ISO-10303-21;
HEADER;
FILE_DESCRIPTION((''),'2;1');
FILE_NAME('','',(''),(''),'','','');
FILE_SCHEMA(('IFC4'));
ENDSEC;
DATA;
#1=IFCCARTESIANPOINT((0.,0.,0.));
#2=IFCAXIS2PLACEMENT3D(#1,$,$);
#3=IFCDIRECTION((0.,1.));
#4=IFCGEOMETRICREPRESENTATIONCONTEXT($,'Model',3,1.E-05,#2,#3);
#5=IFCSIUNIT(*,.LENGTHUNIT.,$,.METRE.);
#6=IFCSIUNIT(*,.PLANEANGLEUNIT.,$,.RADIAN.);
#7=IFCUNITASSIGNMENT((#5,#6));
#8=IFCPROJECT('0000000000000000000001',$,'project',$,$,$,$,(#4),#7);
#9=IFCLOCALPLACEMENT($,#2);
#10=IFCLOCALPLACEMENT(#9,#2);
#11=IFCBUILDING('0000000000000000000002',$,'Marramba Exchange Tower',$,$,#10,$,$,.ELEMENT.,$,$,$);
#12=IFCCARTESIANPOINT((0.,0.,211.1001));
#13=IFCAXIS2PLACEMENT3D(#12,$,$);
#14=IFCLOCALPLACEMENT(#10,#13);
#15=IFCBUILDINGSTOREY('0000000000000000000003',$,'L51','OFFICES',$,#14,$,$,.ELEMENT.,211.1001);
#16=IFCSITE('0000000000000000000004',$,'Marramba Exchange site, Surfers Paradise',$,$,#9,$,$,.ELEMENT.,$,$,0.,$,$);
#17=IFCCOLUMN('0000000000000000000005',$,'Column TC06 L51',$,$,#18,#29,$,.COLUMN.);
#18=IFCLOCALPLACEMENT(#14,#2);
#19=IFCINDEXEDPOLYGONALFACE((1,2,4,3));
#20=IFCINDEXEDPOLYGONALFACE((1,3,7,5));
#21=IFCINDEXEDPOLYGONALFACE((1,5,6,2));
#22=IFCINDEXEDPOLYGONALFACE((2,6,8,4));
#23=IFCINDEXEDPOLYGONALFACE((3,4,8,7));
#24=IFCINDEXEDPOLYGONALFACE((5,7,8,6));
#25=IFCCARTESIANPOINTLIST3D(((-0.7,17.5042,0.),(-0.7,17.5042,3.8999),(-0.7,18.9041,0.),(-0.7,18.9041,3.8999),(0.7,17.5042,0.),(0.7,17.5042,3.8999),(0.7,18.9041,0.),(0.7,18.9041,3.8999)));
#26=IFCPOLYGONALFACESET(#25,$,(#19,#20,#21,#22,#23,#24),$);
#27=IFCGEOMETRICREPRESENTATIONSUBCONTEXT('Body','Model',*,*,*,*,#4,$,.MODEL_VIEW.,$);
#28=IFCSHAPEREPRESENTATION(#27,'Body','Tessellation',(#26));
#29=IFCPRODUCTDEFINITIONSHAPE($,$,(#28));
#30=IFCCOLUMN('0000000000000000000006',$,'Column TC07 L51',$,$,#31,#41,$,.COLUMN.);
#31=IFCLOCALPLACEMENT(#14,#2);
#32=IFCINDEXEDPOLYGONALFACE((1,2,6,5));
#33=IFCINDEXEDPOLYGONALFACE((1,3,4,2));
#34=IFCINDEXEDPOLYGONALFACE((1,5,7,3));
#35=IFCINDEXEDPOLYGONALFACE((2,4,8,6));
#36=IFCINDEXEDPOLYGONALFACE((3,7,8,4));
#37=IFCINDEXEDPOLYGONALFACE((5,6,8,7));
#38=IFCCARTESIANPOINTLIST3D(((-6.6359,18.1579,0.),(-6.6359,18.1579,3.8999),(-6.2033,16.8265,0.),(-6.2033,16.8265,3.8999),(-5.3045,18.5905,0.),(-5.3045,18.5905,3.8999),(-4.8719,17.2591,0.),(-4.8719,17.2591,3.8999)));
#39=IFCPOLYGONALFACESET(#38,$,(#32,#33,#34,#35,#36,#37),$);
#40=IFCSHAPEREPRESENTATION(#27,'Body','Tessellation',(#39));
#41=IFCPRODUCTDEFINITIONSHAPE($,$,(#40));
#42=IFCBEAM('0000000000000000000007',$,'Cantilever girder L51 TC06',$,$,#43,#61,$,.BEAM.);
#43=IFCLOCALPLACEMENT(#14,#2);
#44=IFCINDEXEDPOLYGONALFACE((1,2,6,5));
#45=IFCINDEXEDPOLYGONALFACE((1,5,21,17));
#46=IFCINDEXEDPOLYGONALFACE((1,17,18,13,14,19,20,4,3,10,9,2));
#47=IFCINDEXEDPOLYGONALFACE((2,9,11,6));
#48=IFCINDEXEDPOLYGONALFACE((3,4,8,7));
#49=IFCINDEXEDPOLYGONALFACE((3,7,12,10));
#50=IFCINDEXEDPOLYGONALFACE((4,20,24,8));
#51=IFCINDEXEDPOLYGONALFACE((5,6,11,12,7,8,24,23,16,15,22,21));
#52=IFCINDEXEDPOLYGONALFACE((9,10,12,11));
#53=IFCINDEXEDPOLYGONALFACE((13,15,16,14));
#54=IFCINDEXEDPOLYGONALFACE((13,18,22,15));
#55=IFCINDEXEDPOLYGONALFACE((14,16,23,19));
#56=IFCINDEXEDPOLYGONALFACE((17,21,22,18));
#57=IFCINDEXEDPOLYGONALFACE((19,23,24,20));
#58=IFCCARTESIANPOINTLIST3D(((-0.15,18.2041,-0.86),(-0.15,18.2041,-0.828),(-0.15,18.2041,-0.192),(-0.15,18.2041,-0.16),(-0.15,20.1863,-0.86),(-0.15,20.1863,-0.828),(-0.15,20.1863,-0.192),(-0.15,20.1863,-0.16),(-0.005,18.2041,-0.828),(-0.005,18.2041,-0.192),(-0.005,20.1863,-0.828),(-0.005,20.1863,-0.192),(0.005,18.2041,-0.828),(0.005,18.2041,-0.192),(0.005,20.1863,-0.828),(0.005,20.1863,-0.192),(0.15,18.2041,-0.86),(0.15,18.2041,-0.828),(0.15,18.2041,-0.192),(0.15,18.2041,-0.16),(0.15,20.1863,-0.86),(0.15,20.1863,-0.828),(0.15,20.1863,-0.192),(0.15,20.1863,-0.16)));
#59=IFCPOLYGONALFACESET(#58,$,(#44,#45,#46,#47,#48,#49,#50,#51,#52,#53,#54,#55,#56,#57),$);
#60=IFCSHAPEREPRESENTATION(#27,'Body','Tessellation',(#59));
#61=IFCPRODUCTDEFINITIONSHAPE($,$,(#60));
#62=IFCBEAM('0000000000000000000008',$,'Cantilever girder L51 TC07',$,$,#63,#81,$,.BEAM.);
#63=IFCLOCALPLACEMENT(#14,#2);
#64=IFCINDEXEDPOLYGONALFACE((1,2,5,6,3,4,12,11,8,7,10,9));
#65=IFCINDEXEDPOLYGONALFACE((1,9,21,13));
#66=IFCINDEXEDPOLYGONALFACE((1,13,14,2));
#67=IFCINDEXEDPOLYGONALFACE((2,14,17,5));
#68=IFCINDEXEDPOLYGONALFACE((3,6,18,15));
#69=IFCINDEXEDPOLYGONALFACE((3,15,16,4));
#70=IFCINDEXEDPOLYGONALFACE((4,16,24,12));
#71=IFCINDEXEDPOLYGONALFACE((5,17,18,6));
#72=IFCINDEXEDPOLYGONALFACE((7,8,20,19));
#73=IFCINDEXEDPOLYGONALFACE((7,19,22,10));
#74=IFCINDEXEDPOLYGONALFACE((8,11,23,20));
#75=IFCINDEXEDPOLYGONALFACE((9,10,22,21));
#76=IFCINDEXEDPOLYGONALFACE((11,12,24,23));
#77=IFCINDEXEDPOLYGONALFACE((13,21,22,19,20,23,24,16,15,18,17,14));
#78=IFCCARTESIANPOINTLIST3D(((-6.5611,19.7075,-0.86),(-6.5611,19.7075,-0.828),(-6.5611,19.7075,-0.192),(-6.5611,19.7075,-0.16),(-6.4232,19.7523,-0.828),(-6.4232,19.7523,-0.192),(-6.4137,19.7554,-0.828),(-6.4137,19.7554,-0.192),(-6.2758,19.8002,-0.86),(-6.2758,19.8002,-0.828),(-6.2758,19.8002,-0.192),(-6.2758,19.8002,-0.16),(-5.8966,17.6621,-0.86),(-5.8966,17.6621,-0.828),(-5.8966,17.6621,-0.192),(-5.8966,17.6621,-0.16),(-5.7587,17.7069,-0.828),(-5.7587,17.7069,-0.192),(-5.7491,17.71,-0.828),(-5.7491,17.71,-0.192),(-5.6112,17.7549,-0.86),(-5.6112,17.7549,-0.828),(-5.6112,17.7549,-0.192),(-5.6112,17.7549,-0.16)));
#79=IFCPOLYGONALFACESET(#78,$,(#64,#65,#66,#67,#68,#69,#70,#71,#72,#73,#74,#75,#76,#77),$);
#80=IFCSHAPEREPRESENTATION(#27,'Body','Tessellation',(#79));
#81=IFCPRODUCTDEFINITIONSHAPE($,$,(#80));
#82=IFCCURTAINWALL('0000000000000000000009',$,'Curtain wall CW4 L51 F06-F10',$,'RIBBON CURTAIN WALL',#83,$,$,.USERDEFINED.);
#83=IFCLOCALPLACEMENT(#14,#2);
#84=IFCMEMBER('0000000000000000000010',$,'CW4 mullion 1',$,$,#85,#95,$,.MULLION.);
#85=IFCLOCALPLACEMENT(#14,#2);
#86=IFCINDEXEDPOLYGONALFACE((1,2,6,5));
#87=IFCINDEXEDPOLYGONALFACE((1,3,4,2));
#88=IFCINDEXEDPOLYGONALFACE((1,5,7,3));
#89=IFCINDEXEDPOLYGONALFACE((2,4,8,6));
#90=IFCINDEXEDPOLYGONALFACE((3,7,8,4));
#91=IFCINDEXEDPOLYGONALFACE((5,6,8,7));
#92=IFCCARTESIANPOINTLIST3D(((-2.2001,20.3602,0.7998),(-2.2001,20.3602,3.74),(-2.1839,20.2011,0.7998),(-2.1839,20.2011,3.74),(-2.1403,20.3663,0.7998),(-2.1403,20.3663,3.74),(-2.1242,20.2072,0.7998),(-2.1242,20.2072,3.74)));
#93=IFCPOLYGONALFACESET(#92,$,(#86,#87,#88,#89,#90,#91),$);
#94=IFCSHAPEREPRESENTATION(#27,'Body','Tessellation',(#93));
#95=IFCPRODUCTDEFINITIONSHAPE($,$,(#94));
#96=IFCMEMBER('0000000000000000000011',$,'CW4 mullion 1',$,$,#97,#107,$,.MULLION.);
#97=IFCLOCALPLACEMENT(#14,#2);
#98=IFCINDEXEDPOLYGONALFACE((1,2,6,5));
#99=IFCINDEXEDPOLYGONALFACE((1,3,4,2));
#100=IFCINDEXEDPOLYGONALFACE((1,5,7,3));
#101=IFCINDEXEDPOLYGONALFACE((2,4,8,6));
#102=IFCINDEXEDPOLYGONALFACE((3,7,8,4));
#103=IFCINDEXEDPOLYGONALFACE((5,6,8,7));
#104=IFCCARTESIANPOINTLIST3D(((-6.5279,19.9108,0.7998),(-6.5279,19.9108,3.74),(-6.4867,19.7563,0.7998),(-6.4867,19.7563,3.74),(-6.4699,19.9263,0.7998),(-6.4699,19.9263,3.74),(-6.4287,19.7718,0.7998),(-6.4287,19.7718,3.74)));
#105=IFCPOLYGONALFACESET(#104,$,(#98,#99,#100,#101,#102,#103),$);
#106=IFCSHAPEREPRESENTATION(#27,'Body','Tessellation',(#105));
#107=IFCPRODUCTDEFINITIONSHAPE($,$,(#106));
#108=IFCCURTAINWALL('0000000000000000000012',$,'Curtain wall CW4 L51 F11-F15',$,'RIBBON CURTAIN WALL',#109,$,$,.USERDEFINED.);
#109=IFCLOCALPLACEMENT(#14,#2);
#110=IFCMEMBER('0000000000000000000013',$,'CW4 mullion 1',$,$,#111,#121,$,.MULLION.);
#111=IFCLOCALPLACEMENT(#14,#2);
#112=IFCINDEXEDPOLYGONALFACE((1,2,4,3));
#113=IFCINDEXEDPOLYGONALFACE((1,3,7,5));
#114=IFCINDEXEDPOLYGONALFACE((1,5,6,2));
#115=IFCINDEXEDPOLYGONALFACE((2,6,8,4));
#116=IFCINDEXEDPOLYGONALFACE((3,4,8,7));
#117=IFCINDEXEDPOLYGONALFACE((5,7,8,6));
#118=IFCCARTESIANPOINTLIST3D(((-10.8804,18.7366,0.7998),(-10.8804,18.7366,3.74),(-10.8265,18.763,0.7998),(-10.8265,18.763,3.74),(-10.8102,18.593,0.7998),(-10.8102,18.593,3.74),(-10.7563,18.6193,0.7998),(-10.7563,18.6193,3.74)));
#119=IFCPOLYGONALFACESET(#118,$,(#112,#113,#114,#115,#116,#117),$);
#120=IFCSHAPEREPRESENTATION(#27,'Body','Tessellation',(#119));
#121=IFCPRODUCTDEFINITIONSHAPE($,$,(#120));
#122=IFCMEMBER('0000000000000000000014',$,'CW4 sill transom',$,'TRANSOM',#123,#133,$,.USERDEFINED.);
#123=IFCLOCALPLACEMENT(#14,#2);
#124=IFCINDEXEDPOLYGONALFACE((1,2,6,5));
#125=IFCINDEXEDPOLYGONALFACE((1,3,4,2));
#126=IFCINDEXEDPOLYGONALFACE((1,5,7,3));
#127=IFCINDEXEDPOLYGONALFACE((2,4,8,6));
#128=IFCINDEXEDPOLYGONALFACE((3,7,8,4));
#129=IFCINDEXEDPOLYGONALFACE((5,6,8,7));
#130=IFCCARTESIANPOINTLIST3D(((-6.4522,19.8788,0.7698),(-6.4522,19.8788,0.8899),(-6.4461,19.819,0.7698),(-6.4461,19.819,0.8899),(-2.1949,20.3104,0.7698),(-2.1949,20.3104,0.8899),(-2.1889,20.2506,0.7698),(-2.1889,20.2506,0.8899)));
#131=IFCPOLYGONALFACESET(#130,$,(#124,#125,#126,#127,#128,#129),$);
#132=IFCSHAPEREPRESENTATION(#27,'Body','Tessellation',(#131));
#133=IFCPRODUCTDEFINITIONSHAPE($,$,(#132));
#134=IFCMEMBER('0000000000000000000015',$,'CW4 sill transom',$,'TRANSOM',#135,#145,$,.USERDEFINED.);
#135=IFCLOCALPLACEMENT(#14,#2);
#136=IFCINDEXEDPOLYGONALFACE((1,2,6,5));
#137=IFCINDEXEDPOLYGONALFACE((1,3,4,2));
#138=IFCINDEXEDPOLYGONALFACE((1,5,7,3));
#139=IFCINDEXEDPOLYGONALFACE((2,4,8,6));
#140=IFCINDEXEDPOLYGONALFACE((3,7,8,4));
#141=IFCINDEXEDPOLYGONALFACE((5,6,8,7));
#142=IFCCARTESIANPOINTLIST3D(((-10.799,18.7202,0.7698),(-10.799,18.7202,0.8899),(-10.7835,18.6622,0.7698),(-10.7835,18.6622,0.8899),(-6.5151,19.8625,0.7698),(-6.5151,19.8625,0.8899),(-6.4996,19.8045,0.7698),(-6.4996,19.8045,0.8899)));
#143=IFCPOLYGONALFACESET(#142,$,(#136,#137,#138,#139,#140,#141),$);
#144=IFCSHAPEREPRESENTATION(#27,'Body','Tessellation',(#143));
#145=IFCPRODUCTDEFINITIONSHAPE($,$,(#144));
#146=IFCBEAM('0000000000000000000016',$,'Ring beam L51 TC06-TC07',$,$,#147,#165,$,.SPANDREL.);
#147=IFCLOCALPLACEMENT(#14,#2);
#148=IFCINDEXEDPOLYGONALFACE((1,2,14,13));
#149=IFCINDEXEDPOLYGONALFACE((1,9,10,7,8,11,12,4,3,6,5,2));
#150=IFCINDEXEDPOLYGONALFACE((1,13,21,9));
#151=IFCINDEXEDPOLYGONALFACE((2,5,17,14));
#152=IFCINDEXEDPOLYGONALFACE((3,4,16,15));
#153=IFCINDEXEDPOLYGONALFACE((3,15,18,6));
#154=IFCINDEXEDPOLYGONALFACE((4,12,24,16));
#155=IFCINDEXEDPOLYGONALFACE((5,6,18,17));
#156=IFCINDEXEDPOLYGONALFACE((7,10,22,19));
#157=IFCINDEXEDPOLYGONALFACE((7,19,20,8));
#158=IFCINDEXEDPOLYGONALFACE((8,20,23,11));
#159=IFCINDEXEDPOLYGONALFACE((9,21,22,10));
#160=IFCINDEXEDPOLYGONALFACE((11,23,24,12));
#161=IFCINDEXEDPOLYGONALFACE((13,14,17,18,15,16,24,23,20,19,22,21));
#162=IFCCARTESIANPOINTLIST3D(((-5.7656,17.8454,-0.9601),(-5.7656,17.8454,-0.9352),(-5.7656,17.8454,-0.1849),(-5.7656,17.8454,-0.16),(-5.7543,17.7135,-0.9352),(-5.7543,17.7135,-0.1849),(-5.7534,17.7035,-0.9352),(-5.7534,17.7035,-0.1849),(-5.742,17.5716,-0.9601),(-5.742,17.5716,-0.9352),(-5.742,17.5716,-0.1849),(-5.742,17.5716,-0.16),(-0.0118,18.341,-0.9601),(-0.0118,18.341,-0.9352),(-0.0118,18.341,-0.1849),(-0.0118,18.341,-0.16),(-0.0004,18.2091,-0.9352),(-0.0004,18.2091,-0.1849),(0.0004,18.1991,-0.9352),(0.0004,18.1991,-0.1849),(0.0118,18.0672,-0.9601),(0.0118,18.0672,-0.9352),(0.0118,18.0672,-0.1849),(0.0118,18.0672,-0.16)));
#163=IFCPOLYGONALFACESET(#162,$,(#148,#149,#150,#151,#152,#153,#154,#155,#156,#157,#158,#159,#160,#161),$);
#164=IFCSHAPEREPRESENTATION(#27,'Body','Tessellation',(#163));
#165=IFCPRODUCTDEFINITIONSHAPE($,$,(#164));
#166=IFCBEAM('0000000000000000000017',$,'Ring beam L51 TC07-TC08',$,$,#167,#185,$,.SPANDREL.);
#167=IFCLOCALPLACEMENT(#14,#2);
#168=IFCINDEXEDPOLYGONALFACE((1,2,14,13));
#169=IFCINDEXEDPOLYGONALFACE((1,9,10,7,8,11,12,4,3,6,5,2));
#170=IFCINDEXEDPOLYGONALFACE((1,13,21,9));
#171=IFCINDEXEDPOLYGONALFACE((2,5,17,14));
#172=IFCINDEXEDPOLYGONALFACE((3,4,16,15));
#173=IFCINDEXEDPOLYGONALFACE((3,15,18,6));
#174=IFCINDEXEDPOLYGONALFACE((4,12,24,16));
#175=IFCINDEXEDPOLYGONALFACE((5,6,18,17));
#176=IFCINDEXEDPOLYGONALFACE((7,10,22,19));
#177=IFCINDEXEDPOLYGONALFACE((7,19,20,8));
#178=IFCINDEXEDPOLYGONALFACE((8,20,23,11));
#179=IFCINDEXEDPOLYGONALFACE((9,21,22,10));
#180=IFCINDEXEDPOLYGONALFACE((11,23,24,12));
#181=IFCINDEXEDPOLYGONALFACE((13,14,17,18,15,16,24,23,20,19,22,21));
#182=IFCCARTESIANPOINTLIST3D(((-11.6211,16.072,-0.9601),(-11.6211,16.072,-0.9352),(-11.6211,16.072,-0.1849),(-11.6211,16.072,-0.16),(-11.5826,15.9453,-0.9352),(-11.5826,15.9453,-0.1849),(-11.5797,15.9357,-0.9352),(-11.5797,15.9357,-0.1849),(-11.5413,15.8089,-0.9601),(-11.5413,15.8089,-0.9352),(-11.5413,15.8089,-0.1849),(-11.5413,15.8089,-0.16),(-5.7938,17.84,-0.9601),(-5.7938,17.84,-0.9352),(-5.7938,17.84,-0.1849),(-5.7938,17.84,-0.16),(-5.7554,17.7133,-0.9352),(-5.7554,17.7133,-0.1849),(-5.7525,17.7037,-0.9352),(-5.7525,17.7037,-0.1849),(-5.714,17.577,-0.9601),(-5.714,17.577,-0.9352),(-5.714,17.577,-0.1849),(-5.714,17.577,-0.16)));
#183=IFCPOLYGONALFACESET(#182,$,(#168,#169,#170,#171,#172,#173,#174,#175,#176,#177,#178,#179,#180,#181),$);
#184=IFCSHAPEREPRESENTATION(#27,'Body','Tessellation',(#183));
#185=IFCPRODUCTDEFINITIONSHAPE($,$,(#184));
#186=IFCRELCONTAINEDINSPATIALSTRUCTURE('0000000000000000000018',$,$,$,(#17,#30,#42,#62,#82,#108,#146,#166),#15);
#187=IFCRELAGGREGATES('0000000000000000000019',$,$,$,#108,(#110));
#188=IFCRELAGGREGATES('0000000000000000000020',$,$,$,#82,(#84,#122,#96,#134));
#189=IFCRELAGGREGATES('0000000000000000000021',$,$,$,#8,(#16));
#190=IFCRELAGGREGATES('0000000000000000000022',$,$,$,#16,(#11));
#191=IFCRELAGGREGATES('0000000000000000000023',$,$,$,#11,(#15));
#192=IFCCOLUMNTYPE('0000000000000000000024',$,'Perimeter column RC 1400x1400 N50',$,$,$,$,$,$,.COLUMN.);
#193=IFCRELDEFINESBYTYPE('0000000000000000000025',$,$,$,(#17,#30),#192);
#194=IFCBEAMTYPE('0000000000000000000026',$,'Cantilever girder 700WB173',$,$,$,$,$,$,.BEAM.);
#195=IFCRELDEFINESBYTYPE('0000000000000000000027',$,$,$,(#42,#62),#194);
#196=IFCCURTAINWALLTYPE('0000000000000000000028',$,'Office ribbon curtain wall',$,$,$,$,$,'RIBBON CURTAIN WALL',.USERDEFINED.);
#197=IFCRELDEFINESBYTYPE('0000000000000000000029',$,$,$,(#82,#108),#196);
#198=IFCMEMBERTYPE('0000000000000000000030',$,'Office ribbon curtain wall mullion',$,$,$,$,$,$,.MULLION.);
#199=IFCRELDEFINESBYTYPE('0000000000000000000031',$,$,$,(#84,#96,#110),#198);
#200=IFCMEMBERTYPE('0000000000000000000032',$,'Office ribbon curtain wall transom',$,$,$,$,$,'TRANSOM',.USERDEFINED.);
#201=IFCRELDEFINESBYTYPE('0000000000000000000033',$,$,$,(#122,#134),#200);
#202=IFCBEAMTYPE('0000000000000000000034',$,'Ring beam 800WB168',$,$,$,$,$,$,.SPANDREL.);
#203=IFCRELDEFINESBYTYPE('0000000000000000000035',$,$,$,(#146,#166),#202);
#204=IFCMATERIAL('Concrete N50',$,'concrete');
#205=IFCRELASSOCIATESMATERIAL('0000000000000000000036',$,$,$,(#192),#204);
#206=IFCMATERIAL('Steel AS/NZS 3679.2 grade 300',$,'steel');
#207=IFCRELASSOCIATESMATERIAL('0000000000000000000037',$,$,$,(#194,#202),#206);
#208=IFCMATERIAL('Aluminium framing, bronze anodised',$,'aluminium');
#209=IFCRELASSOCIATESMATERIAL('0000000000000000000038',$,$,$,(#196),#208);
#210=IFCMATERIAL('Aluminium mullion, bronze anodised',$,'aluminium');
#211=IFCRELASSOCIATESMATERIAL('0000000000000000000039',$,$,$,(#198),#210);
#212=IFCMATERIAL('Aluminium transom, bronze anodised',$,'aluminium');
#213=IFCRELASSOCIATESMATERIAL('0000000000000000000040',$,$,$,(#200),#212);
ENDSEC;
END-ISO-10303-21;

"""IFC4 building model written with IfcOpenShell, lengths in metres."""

from ifc_helpers import new_model, si_unit, direction, frame, origin, origin_2d, place, context, subcontext, project, spatial, rectangle, i_section, extrude, material, material_profile, profile_set, type_object, element, aggregate, save


model = new_model("IFC4")

# Units and contexts
model_context = context("Model", 3, precision=1e-05, world=origin(), true_north=direction((0.0, 1.0)))
body_context = subcontext(model_context, "Body", "Model", "MODEL_VIEW")
ifc_project = project(units=[si_unit("LENGTHUNIT", "METRE"), si_unit("PLANEANGLEUNIT", "RADIAN")], contexts=[model_context])

# Site, building, storey
site_placement = place(None, origin())
site = spatial("IfcSite", under=ifc_project, at=site_placement, Name="Marramba Exchange site, Surfers Paradise", CompositionType="ELEMENT", RefElevation=0.0)
building_placement = place(site_placement, origin())
building = spatial("IfcBuilding", under=site, at=building_placement, Name="Marramba Exchange Tower", CompositionType="ELEMENT")
storey_placement = place(building_placement, frame((0.0, 0.0, 211.1001)))
storey = spatial("IfcBuildingStorey", under=building, at=storey_placement, Name="L51", Description="OFFICES", CompositionType="ELEMENT", Elevation=211.1001)

# Columns
ifc_material_1 = material(Name="Concrete N50", Category="concrete")
ifc_material_profile_1 = material_profile(ifc_material_1, rectangle(XDim=1.3999, YDim=1.3999, at=origin_2d()), Name="RC 1400x1400")
ifc_profile_set_1 = profile_set([ifc_material_profile_1], Name="Concrete N50")
column_type = type_object("IfcColumnType", Name="Perimeter column RC 1400x1400 N50", PredefinedType="COLUMN", material=ifc_profile_set_1)
for number, where, z_axis, x_axis, name in (
    (1, (0.0, 18.2041, 0.0), (0.0, 0.0, 1.0), (0.0, 1.0, 0.0), "Column TC06 L51"),
    (2, (-5.7539, 17.7085, 0.0), (0.0, 0.0, 1.0), (-0.309017, 0.951057, 0.0), "Column TC07 L51"),
):
    element("IfcColumn", number, at=place(storey_placement, frame(where, z_axis=z_axis, x_axis=x_axis)), inside=storey, type_object=column_type, Name=name, PredefinedType="COLUMN", context=body_context, shape_type="SweptSolid", body=[
        extrude(rectangle(XDim=1.3999, YDim=1.3999, at=origin_2d()), origin(), (0.0, 0.0, 1.0), 3.8999),
    ])

# Beams
ifc_material_2 = material(Name="Steel AS/NZS 3679.2 grade 300", Category="steel")
ifc_material_profile_2 = material_profile(ifc_material_2, i_section(OverallWidth=0.3, OverallDepth=0.7, WebThickness=0.01, FlangeThickness=0.032, at=origin_2d()), Name="700WB173")
ifc_profile_set_2 = profile_set([ifc_material_profile_2], Name="Steel AS/NZS 3679.2 grade 300")
beam_type_1 = type_object("IfcBeamType", Name="Cantilever girder 700WB173", PredefinedType="BEAM", material=ifc_profile_set_2)
beam_1_placement = place(storey_placement, frame((0.0, 18.2041, -0.51), z_axis=(0.0, 1.0, 0.0), x_axis=(-1.0, 0.0, 0.0)))
element("IfcBeam", 3, at=beam_1_placement, inside=storey, type_object=beam_type_1, Name="Cantilever girder L51 TC06", PredefinedType="BEAM", context=body_context, shape_type="SweptSolid", body=[
    extrude(i_section(OverallWidth=0.3, OverallDepth=0.7, WebThickness=0.01, FlangeThickness=0.032, at=origin_2d()), origin(), (0.0, 0.0, 1.0), 1.9822),
])
beam_2_placement = place(storey_placement, frame((-5.7539, 17.7085, -0.51), z_axis=(-0.308999, 0.951062, 0.0), x_axis=(-0.951062, -0.308999, 0.0)))
element("IfcBeam", 4, at=beam_2_placement, inside=storey, type_object=beam_type_1, Name="Cantilever girder L51 TC07", PredefinedType="BEAM", context=body_context, shape_type="SweptSolid", body=[
    extrude(i_section(OverallWidth=0.3, OverallDepth=0.7, WebThickness=0.01, FlangeThickness=0.032, at=origin_2d()), origin(), (0.0, 0.0, 1.0), 2.1506),
])

# Curtain wall, members
ifc_material_3 = material(Name="Aluminium framing, bronze anodised", Category="aluminium")
curtain_wall_type = type_object("IfcCurtainWallType", Name="Office ribbon curtain wall", ElementType="RIBBON CURTAIN WALL", PredefinedType="USERDEFINED", material=ifc_material_3)
curtain_wall_1_placement = place(storey_placement, origin())
curtain_wall_1 = element("IfcCurtainWall", 5, at=curtain_wall_1_placement, inside=storey, type_object=curtain_wall_type, Name="Curtain wall CW4 L51 F06-F10", ObjectType="RIBBON CURTAIN WALL", PredefinedType="USERDEFINED")
ifc_material_4 = material(Name="Aluminium mullion, bronze anodised", Category="aluminium")
ifc_material_profile_3 = material_profile(ifc_material_4, rectangle(XDim=0.1599, YDim=0.0601, at=origin_2d()), Name="CW4 mullion 60x160")
ifc_profile_set_3 = profile_set([ifc_material_profile_3], Name="Aluminium mullion, bronze anodised")
member_type_1 = type_object("IfcMemberType", Name="Office ribbon curtain wall mullion", PredefinedType="MULLION", material=ifc_profile_set_3)
member_1_placement = place(storey_placement, frame((-2.1621, 20.2837, 0.7998), z_axis=(0.0, 0.0, 1.0), x_axis=(0.100863, -0.9949, 0.0)))
member_1 = element("IfcMember", 6, at=member_1_placement, type_object=member_type_1, Name="CW4 mullion 1", PredefinedType="MULLION", context=body_context, shape_type="SweptSolid", body=[
    extrude(rectangle(XDim=0.1599, YDim=0.0601, at=origin_2d()), origin(), (0.0, 0.0, 1.0), 2.9402),
])
member_2_placement = place(storey_placement, frame((-6.4783, 19.8413, 0.7998), z_axis=(0.0, 0.0, 1.0), x_axis=(0.257641, -0.966241, 0.0)))
member_2 = element("IfcMember", 7, at=member_2_placement, type_object=member_type_1, Name="CW4 mullion 1", PredefinedType="MULLION", context=body_context, shape_type="SweptSolid", body=[
    extrude(rectangle(XDim=0.1599, YDim=0.0601, at=origin_2d()), origin(), (0.0, 0.0, 1.0), 2.9402),
])

# Curtain wall, member
curtain_wall_2_placement = place(storey_placement, origin())
curtain_wall_2 = element("IfcCurtainWall", 8, at=curtain_wall_2_placement, inside=storey, type_object=curtain_wall_type, Name="Curtain wall CW4 L51 F11-F15", ObjectType="RIBBON CURTAIN WALL", PredefinedType="USERDEFINED")
member_3_placement = place(storey_placement, frame((-10.8184, 18.678, 0.7998), z_axis=(0.0, 0.0, 1.0), x_axis=(0.438972, -0.898501, 0.0)))
member_3 = element("IfcMember", 9, at=member_3_placement, type_object=member_type_1, Name="CW4 mullion 1", PredefinedType="MULLION", context=body_context, shape_type="SweptSolid", body=[
    extrude(rectangle(XDim=0.1599, YDim=0.0601, at=origin_2d()), origin(), (0.0, 0.0, 1.0), 2.9402),
])
aggregate(curtain_wall_2, [member_3])

# Members
ifc_material_5 = material(Name="Aluminium transom, bronze anodised", Category="aluminium")
ifc_material_profile_4 = material_profile(ifc_material_5, rectangle(XDim=0.0601, YDim=0.1201, at=origin_2d()), Name="CW4 transom 60x120")
ifc_profile_set_4 = profile_set([ifc_material_profile_4], Name="Aluminium transom, bronze anodised")
member_type_2 = type_object("IfcMemberType", Name="Office ribbon curtain wall transom", ElementType="TRANSOM", PredefinedType="USERDEFINED", material=ifc_profile_set_4)
member_4_placement = place(storey_placement, frame((-2.1919, 20.2805, 0.8298), z_axis=(-0.9949, -0.100871, 0.0), x_axis=(0.100871, -0.9949, 0.0)))
member_4 = element("IfcMember", 10, at=member_4_placement, type_object=member_type_2, Name="CW4 sill transom", ObjectType="TRANSOM", PredefinedType="USERDEFINED", context=body_context, shape_type="SweptSolid", body=[
    extrude(rectangle(XDim=0.0601, YDim=0.1201, at=origin_2d()), origin(), (0.0, 0.0, 1.0), 4.2791),
])
member_5_placement = place(storey_placement, frame((-6.5073, 19.8335, 0.8298), z_axis=(-0.966238, -0.257652, 0.0), x_axis=(0.257652, -0.966238, 0.0)))
member_5 = element("IfcMember", 11, at=member_5_placement, type_object=member_type_2, Name="CW4 sill transom", ObjectType="TRANSOM", PredefinedType="USERDEFINED", context=body_context, shape_type="SweptSolid", body=[
    extrude(rectangle(XDim=0.0601, YDim=0.1201, at=origin_2d()), origin(), (0.0, 0.0, 1.0), 4.4336),
])

# Beams
ifc_material_profile_5 = material_profile(ifc_material_2, i_section(OverallWidth=0.2749, OverallDepth=0.8, WebThickness=0.01, FlangeThickness=0.0249, at=origin_2d()), Name="800WB168")
ifc_profile_set_5 = profile_set([ifc_material_profile_5], Name="Steel AS/NZS 3679.2 grade 300")
beam_type_2 = type_object("IfcBeamType", Name="Ring beam 800WB168", PredefinedType="SPANDREL", material=ifc_profile_set_5)
beam_3_placement = place(storey_placement, frame((0.0, 18.2041, -0.5601), z_axis=(-0.996311, -0.085816, 0.0), x_axis=(0.085816, -0.996311, 0.0)))
element("IfcBeam", 12, at=beam_3_placement, inside=storey, type_object=beam_type_2, Name="Ring beam L51 TC06-TC07", PredefinedType="SPANDREL", context=body_context, shape_type="SweptSolid", body=[
    extrude(i_section(OverallWidth=0.2749, OverallDepth=0.8, WebThickness=0.01, FlangeThickness=0.0249, at=origin_2d()), origin(), (0.0, 0.0, 1.0), 5.7751),
])
beam_4_placement = place(storey_placement, frame((-5.7539, 17.7085, -0.5601), z_axis=(-0.956925, -0.290337, 0.0), x_axis=(0.290337, -0.956925, 0.0)))
element("IfcBeam", 13, at=beam_4_placement, inside=storey, type_object=beam_type_2, Name="Ring beam L51 TC07-TC08", PredefinedType="SPANDREL", context=body_context, shape_type="SweptSolid", body=[
    extrude(i_section(OverallWidth=0.2749, OverallDepth=0.8, WebThickness=0.01, FlangeThickness=0.0249, at=origin_2d()), origin(), (0.0, 0.0, 1.0), 6.0896),
])

aggregate(curtain_wall_1, [member_1, member_4, member_2, member_5])

save(model, "model.ifc")
